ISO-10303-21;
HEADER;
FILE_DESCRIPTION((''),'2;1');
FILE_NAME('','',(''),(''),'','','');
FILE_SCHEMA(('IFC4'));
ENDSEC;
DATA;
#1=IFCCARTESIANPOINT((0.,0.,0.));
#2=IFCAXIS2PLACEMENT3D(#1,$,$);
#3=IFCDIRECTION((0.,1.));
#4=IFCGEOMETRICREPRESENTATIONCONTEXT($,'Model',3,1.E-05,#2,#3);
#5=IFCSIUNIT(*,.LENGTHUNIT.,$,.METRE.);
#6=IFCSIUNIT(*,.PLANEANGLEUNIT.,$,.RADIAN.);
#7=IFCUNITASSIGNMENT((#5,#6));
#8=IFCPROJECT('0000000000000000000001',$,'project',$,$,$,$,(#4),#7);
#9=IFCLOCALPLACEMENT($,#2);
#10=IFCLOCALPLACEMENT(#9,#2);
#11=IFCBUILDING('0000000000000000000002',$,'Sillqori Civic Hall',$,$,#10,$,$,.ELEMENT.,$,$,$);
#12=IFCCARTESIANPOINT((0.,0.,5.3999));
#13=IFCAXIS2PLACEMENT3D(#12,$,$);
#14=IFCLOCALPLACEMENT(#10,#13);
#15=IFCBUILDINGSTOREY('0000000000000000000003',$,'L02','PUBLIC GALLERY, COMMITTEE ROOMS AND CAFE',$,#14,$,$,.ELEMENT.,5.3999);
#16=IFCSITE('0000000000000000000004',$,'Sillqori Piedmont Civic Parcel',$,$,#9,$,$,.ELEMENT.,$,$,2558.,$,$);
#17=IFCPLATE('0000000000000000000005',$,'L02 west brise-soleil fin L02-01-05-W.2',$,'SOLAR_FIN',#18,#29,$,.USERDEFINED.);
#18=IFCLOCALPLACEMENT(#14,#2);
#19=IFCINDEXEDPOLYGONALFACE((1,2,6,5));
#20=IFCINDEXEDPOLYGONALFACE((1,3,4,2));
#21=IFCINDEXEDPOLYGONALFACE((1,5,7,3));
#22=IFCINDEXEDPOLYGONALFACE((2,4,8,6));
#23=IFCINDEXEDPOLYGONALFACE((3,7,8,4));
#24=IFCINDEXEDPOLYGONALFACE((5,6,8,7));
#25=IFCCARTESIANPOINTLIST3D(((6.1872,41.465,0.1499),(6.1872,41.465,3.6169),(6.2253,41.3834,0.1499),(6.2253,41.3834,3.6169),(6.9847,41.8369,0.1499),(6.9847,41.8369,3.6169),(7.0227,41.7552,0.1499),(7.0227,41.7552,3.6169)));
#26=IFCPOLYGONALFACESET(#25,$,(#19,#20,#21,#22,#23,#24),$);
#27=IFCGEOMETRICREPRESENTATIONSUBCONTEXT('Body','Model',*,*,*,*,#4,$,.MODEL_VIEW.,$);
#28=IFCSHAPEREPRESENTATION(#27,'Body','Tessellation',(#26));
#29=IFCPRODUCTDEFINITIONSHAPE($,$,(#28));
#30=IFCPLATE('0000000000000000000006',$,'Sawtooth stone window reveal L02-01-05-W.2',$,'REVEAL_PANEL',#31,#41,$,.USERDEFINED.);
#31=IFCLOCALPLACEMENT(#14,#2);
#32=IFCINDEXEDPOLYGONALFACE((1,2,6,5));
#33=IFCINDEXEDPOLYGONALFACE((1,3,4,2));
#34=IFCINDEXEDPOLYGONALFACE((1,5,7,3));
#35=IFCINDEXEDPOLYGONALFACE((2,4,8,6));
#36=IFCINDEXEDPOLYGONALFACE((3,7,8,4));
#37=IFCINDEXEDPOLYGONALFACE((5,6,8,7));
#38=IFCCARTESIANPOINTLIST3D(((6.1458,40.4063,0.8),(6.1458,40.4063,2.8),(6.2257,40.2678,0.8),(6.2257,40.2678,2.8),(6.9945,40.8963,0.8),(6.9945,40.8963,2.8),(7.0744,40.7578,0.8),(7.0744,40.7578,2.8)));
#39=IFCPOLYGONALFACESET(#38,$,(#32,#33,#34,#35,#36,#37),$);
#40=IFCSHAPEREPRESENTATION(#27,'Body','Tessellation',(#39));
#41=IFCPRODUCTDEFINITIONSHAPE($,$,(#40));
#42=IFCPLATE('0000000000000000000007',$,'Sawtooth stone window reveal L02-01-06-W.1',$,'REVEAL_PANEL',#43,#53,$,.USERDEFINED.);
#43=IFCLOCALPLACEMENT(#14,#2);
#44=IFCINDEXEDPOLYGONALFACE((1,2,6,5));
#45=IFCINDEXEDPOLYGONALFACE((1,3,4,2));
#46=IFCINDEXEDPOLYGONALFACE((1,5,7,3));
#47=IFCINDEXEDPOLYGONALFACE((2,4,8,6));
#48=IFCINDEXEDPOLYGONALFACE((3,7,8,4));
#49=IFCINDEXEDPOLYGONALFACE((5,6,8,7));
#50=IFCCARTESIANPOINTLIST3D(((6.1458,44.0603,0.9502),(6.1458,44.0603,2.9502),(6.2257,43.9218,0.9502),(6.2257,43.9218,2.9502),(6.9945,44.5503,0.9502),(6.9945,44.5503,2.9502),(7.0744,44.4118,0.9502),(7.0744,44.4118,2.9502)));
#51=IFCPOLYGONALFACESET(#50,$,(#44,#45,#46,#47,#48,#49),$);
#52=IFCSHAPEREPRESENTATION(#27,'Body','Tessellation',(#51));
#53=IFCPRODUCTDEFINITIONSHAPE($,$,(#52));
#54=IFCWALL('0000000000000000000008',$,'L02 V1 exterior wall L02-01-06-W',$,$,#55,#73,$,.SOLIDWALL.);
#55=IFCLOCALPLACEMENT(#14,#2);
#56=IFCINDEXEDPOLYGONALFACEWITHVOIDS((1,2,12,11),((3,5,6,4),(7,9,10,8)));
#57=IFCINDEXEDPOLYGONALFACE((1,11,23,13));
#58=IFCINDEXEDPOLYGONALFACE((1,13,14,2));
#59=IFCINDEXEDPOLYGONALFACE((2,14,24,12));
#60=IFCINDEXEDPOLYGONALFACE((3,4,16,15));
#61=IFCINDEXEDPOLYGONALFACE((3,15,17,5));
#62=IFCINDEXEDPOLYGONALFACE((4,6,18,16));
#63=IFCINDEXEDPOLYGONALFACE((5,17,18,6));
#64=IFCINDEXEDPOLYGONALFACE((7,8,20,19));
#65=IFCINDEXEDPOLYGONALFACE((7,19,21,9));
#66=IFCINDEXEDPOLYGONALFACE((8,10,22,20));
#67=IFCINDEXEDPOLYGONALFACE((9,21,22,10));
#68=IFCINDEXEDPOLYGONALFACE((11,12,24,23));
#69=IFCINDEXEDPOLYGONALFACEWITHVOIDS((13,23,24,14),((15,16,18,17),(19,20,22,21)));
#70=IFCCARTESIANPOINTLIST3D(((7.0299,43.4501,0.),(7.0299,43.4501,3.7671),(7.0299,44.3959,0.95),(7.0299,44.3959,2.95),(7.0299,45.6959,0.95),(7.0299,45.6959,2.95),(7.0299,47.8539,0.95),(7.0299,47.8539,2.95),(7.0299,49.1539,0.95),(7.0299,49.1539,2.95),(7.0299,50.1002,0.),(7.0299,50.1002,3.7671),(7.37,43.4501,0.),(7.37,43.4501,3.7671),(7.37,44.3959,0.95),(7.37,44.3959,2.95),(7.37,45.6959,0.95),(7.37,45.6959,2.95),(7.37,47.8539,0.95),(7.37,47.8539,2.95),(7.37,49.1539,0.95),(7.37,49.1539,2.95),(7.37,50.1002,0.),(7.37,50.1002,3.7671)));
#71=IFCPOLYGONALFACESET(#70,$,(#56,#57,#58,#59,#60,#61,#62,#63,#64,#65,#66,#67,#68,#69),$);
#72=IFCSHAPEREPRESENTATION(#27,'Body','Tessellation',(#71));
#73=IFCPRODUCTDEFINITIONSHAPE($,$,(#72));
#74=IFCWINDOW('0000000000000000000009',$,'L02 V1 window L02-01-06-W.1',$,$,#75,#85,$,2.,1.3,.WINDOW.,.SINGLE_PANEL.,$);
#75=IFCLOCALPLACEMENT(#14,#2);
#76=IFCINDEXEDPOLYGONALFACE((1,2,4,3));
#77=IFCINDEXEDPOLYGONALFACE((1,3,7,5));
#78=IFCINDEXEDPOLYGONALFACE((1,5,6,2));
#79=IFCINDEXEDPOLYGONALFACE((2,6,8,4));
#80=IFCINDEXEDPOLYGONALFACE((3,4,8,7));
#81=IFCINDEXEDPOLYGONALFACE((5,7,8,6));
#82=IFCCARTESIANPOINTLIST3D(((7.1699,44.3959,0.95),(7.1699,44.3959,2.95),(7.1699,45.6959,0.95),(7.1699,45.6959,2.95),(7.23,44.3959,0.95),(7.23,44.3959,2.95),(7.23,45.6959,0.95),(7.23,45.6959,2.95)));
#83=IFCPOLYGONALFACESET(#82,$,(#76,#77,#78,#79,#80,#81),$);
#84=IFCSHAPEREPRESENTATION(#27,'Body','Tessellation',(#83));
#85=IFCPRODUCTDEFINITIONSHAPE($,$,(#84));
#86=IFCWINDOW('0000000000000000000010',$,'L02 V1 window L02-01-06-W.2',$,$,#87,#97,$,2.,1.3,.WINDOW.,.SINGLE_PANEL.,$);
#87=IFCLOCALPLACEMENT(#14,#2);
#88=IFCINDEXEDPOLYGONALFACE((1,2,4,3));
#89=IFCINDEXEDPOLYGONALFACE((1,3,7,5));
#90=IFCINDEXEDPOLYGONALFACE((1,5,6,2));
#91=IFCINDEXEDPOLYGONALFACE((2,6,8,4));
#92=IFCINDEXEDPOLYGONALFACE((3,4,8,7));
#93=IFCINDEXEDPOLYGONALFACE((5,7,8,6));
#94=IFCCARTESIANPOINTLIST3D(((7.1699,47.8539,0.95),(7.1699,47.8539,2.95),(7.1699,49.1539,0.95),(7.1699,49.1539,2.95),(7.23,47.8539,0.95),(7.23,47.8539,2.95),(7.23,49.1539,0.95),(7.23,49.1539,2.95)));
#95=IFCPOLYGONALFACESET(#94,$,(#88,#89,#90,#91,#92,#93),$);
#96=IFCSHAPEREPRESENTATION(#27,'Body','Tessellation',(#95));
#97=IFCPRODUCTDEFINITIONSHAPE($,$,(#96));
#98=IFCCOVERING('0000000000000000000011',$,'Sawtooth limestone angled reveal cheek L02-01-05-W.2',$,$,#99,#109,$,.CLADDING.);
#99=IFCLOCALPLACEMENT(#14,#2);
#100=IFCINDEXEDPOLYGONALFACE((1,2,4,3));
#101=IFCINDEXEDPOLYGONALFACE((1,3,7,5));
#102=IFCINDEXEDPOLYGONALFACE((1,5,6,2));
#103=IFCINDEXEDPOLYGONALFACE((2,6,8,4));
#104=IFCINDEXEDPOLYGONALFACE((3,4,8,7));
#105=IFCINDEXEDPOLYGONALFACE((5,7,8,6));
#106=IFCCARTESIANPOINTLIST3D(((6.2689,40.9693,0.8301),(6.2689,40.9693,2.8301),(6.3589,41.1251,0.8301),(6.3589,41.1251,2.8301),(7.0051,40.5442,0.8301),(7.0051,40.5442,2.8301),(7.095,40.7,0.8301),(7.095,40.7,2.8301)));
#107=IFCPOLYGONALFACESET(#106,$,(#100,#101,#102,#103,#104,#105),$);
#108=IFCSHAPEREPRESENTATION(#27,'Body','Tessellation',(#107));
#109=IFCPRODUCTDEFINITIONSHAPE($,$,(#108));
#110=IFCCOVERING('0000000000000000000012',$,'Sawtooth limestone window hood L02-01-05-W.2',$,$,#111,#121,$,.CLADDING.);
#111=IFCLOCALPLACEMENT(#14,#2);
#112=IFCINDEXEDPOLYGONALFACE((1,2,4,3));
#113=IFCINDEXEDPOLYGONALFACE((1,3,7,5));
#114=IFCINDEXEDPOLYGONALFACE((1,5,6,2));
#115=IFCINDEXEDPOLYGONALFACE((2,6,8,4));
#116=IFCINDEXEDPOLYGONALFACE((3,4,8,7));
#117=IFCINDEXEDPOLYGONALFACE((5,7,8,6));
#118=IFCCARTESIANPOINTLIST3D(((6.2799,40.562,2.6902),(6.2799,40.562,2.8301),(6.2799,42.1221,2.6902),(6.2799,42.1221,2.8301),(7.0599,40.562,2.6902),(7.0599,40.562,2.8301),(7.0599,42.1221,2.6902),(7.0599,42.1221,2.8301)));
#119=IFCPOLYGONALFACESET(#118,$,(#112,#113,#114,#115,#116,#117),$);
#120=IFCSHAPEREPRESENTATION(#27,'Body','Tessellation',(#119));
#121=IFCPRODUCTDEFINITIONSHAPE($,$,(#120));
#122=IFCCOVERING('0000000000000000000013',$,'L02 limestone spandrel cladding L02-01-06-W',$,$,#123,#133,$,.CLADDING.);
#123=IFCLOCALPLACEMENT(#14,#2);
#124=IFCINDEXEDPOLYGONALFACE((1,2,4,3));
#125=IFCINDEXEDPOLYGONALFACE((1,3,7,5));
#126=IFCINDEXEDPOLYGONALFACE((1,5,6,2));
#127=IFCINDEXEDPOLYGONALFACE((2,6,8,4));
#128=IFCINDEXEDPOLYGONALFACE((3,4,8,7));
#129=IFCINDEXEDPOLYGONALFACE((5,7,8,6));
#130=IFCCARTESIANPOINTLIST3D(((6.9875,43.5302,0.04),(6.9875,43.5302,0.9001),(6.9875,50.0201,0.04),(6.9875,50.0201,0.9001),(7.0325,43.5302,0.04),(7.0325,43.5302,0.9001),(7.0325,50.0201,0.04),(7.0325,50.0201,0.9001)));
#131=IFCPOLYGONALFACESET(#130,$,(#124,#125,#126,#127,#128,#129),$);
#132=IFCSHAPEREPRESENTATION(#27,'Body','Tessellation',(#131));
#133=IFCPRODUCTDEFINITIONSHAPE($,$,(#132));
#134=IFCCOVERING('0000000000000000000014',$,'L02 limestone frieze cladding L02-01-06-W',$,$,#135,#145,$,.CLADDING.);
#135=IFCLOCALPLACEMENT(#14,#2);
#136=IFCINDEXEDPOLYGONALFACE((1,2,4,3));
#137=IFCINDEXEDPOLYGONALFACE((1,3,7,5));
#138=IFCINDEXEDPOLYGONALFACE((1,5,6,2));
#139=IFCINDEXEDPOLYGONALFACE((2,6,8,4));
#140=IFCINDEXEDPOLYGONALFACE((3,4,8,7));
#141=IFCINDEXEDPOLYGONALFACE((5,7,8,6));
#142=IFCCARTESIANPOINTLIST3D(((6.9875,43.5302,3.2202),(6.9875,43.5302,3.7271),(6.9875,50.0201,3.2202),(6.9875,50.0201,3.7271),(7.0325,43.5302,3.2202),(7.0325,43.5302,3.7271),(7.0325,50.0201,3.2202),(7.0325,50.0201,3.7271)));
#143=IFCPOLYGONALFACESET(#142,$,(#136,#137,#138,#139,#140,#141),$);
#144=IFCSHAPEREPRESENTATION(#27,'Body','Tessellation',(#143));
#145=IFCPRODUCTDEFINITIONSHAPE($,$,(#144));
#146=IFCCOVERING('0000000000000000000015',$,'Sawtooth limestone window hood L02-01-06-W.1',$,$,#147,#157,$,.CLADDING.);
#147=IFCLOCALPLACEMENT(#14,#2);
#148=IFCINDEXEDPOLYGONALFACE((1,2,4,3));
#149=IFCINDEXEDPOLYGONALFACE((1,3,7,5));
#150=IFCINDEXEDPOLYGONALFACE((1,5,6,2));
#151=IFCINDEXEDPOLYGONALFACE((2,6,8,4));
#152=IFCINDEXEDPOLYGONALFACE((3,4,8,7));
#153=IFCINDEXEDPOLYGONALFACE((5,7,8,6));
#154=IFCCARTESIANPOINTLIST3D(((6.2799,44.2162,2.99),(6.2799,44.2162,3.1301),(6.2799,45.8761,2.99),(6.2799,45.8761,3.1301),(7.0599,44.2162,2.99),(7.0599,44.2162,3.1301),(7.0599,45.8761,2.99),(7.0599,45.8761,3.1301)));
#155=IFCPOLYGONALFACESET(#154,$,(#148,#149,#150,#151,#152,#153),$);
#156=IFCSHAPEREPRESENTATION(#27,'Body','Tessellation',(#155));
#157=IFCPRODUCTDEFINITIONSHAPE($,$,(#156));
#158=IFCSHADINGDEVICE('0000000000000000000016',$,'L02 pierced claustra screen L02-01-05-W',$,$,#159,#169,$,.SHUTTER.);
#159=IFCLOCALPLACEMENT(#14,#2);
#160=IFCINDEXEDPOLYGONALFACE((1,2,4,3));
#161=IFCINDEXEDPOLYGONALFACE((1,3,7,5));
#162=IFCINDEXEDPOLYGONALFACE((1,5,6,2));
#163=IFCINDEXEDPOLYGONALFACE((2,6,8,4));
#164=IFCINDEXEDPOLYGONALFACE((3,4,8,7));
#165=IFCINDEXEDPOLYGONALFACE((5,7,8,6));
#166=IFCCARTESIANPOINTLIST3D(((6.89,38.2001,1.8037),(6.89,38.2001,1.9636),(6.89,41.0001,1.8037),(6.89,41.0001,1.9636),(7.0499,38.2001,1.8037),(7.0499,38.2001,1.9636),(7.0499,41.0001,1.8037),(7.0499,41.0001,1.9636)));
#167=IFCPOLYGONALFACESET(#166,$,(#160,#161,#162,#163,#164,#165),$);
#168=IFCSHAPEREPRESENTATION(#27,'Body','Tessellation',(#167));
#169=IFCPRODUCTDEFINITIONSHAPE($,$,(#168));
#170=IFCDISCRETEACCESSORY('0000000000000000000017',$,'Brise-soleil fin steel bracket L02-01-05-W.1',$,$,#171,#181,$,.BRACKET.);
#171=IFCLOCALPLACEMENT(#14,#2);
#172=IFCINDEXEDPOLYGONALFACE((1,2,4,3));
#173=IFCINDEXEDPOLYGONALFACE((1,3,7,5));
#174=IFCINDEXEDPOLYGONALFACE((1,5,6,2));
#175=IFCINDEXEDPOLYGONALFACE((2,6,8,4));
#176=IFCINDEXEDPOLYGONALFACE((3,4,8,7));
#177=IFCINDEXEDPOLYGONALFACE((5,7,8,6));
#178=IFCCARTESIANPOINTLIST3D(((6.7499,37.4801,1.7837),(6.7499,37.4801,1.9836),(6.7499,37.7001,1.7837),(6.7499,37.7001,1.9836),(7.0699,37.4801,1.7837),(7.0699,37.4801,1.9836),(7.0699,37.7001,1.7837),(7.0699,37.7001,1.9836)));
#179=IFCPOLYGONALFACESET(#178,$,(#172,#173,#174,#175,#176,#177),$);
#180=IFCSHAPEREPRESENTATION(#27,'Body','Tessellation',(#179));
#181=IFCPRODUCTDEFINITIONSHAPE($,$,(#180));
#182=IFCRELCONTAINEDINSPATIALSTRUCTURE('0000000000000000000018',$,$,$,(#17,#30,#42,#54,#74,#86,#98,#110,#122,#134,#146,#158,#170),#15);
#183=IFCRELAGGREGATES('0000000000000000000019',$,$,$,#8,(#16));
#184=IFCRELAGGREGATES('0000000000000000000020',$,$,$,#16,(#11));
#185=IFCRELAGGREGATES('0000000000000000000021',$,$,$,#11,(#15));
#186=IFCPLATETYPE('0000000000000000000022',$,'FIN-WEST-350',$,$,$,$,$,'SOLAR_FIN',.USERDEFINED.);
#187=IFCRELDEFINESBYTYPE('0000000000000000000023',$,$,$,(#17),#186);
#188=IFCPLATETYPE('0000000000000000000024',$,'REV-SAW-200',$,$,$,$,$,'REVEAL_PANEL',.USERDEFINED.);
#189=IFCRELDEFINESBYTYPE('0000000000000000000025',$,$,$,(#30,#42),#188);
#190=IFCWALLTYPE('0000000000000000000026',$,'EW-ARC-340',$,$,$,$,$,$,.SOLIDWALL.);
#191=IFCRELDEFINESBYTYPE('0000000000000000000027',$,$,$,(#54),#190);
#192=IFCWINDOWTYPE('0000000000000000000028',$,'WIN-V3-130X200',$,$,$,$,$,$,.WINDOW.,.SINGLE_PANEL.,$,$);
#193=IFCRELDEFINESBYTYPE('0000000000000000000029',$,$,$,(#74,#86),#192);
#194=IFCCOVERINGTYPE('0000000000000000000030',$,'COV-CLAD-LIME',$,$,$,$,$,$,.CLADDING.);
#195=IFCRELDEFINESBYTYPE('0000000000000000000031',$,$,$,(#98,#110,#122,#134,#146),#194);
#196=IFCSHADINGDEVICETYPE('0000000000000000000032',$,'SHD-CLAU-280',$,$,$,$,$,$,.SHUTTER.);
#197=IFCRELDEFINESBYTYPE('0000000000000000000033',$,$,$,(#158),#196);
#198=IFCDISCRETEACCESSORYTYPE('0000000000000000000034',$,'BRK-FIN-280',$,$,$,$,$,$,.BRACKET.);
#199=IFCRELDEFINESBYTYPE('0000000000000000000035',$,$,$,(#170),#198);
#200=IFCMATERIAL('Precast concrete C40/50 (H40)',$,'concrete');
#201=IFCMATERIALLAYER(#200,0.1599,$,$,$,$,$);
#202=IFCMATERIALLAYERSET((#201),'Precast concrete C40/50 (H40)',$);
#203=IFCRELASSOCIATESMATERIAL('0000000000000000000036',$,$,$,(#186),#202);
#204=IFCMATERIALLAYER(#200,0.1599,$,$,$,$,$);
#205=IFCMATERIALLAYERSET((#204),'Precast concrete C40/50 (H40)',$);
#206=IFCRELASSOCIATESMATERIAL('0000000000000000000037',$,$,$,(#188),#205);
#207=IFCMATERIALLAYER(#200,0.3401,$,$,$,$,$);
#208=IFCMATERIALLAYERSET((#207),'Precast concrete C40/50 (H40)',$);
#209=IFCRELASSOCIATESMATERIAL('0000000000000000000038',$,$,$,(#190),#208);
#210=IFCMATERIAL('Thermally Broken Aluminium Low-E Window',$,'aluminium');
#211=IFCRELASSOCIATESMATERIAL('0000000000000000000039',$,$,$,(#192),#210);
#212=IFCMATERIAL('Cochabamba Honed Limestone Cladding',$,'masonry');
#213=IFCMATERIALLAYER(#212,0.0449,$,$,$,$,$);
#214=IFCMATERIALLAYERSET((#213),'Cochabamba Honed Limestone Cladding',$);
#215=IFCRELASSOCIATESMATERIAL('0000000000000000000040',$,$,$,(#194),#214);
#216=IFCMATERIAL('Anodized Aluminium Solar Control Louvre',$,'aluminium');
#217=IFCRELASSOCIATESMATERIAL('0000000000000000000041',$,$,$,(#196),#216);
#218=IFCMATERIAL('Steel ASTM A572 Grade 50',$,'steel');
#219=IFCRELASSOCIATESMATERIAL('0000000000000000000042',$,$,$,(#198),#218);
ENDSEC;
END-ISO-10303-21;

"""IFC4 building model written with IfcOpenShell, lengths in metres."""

from ifc_helpers import new_model, si_unit, direction, frame, frame_2d, origin, origin_2d, place, context, subcontext, project, spatial, rectangle, extrude, material, layer, layer_set, type_object, element, fill, save


model = new_model("IFC4")

# Units and contexts
model_context = context("Model", 3, precision=1e-05, world=origin(), true_north=direction((0.0, 1.0)))
body_context = subcontext(model_context, "Body", "Model", "MODEL_VIEW")
ifc_project = project(units=[si_unit("LENGTHUNIT", "METRE"), si_unit("PLANEANGLEUNIT", "RADIAN")], contexts=[model_context])

# Site, building, storey
site_placement = place(None, origin())
site = spatial("IfcSite", under=ifc_project, at=site_placement, Name="Sillqori Piedmont Civic Parcel", CompositionType="ELEMENT", RefElevation=2558.0)
building_placement = place(site_placement, origin())
building = spatial("IfcBuilding", under=site, at=building_placement, Name="Sillqori Civic Hall", CompositionType="ELEMENT")
storey_placement = place(building_placement, frame((0.0, 0.0, 5.3999)))
storey = spatial("IfcBuildingStorey", under=building, at=storey_placement, Name="L02", Description="PUBLIC GALLERY, COMMITTEE ROOMS AND CAFE", CompositionType="ELEMENT", Elevation=5.3999)

# Plates
ifc_material_1 = material(Name="Precast concrete C40/50 (H40)", Category="concrete")
ifc_layer_1 = layer(ifc_material_1, 0.1599)
ifc_layer_set_1 = layer_set([ifc_layer_1], Name="Precast concrete C40/50 (H40)")
plate_type_1 = type_object("IfcPlateType", Name="FIN-WEST-350", ElementType="SOLAR_FIN", PredefinedType="USERDEFINED", material=ifc_layer_set_1)
for number, where, z_axis, x_axis, name in (
    (1, (6.605, 41.6101, 0.1499), (0.0, 0.0, 1.0), (-0.422618, 0.906308, 0.0), "L02 west brise-soleil fin L02-01-05-W.2"),
):
    element("IfcPlate", number, at=place(storey_placement, frame(where, z_axis=z_axis, x_axis=x_axis)), inside=storey, type_object=plate_type_1, Name=name, ObjectType="SOLAR_FIN", PredefinedType="USERDEFINED", context=body_context, shape_type="SweptSolid", body=[
        extrude(rectangle(XDim=0.0901, YDim=0.8799, at=origin_2d()), origin(), (0.0, 0.0, 1.0), 3.467),
    ])
ifc_layer_2 = layer(ifc_material_1, 0.1599)
ifc_layer_set_2 = layer_set([ifc_layer_2], Name="Precast concrete C40/50 (H40)")
plate_type_2 = type_object("IfcPlateType", Name="REV-SAW-200", ElementType="REVEAL_PANEL", PredefinedType="USERDEFINED", material=ifc_layer_set_2)
for number, where, z_axis, x_axis, name in (
    (2, (6.6101, 40.582, 0.8), (0.0, 0.0, 1.0), (-0.5, 0.866025, 0.0), "Sawtooth stone window reveal L02-01-05-W.2"),
    (3, (6.6101, 44.2361, 0.9502), (0.0, 0.0, 1.0), (-0.5, 0.866025, 0.0), "Sawtooth stone window reveal L02-01-06-W.1"),
):
    element("IfcPlate", number, at=place(storey_placement, frame(where, z_axis=z_axis, x_axis=x_axis)), inside=storey, type_object=plate_type_2, Name=name, ObjectType="REVEAL_PANEL", PredefinedType="USERDEFINED", context=body_context, shape_type="SweptSolid", body=[
        extrude(rectangle(XDim=0.1599, YDim=0.98, at=origin_2d()), origin(), (0.0, 0.0, 1.0), 2.0),
    ])

# Wall, openings, windows
ifc_layer_3 = layer(ifc_material_1, 0.3401)
ifc_layer_set_3 = layer_set([ifc_layer_3], Name="Precast concrete C40/50 (H40)")
wall_type = type_object("IfcWallType", Name="EW-ARC-340", PredefinedType="SOLIDWALL", material=ifc_layer_set_3)
wall_placement = place(storey_placement, frame((7.2, 43.45, 0.0), z_axis=(0.0, 0.0, 1.0), x_axis=(0.0, 1.0, 0.0)))
wall = element("IfcWall", 4, at=wall_placement, inside=storey, type_object=wall_type, Name="L02 V1 exterior wall L02-01-06-W", PredefinedType="SOLIDWALL", context=body_context, shape_type="SweptSolid", body=[
    extrude(rectangle(XDim=6.6501, YDim=0.3401, at=frame_2d((3.3252, 0.0))), origin(), (0.0, 0.0, 1.0), 3.7671),
])
opening_1_placement = place(wall_placement, frame((0.946, 0.0, 0.95)))
opening_1 = element("IfcOpeningElement", 5, at=opening_1_placement, cuts=wall, PredefinedType="OPENING", context=body_context, shape_type="SweptSolid", body=[
    extrude(rectangle(XDim=1.3, YDim=2.0, at=frame_2d((0.6499, 1.0))), frame((0.0, 0.1799, 0.0), z_axis=(0.0, -1.0, 0.0), x_axis=(1.0, 0.0, 0.0)), (0.0, 0.0, 1.0), 0.3601),
])
opening_2_placement = place(wall_placement, frame((4.4041, 0.0, 0.95)))
opening_2 = element("IfcOpeningElement", 6, at=opening_2_placement, cuts=wall, PredefinedType="OPENING", context=body_context, shape_type="SweptSolid", body=[
    extrude(rectangle(XDim=1.3, YDim=2.0, at=frame_2d((0.6499, 1.0))), frame((0.0, 0.1799, 0.0), z_axis=(0.0, -1.0, 0.0), x_axis=(1.0, 0.0, 0.0)), (0.0, 0.0, 1.0), 0.3601),
])
ifc_material_2 = material(Name="Thermally Broken Aluminium Low-E Window", Category="aluminium")
window_type = type_object("IfcWindowType", Name="WIN-V3-130X200", PartitioningType="SINGLE_PANEL", PredefinedType="WINDOW", material=ifc_material_2)
window_1_placement = place(opening_1_placement, origin())
window_1 = element("IfcWindow", 7, at=window_1_placement, inside=storey, type_object=window_type, Name="L02 V1 window L02-01-06-W.1", OverallHeight=2.0, OverallWidth=1.3, PartitioningType="SINGLE_PANEL", PredefinedType="WINDOW", context=body_context, shape_type="SweptSolid", body=[
    extrude(rectangle(XDim=1.3, YDim=2.0, at=frame_2d((0.6499, 1.0))), frame((0.0, 0.03, 0.0), z_axis=(0.0, -1.0, 0.0), x_axis=(1.0, 0.0, 0.0)), (0.0, 0.0, 1.0), 0.0601),
])
fill(opening_1, window_1)
window_2_placement = place(opening_2_placement, origin())
window_2 = element("IfcWindow", 8, at=window_2_placement, inside=storey, type_object=window_type, Name="L02 V1 window L02-01-06-W.2", OverallHeight=2.0, OverallWidth=1.3, PartitioningType="SINGLE_PANEL", PredefinedType="WINDOW", context=body_context, shape_type="SweptSolid", body=[
    extrude(rectangle(XDim=1.3, YDim=2.0, at=frame_2d((0.6499, 1.0))), frame((0.0, 0.03, 0.0), z_axis=(0.0, -1.0, 0.0), x_axis=(1.0, 0.0, 0.0)), (0.0, 0.0, 1.0), 0.0601),
])
fill(opening_2, window_2)

# Coverings
ifc_material_3 = material(Name="Cochabamba Honed Limestone Cladding", Category="masonry")
ifc_layer_4 = layer(ifc_material_3, 0.0449)
ifc_layer_set_4 = layer_set([ifc_layer_4], Name="Cochabamba Honed Limestone Cladding")
covering_type = type_object("IfcCoveringType", Name="COV-CLAD-LIME", PredefinedType="CLADDING", material=ifc_layer_set_4)
covering_1_placement = place(storey_placement, frame((7.05, 40.6221, 0.8301), z_axis=(0.0, 0.0, 1.0), x_axis=(-0.865989, 0.500062, 0.0)))
element("IfcCovering", 9, at=covering_1_placement, inside=storey, type_object=covering_type, Name="Sawtooth limestone angled reveal cheek L02-01-05-W.2", PredefinedType="CLADDING", context=body_context, shape_type="SweptSolid", body=[
    extrude(rectangle(XDim=0.8501, YDim=0.1799, at=frame_2d((0.425, 0.0))), origin(), (0.0, 0.0, 1.0), 2.0),
])
covering_2_placement = place(storey_placement, frame((6.6699, 40.562, 2.6902), z_axis=(0.0, 0.0, 1.0), x_axis=(0.0, 1.0, 0.0)))
element("IfcCovering", 10, at=covering_2_placement, inside=storey, type_object=covering_type, Name="Sawtooth limestone window hood L02-01-05-W.2", PredefinedType="CLADDING", context=body_context, shape_type="SweptSolid", body=[
    extrude(rectangle(XDim=1.5601, YDim=0.78, at=frame_2d((0.78, 0.0))), origin(), (0.0, 0.0, 1.0), 0.1399),
])
covering_3_placement = place(storey_placement, frame((7.01, 43.53, 0.04), z_axis=(0.0, 0.0, 1.0), x_axis=(0.0, 1.0, 0.0)))
element("IfcCovering", 11, at=covering_3_placement, inside=storey, type_object=covering_type, Name="L02 limestone spandrel cladding L02-01-06-W", PredefinedType="CLADDING", context=body_context, shape_type="SweptSolid", body=[
    extrude(rectangle(XDim=6.49, YDim=0.0449, at=frame_2d((3.2451, 0.0))), origin(), (0.0, 0.0, 1.0), 0.8601),
])
covering_4_placement = place(storey_placement, frame((7.01, 43.53, 3.2202), z_axis=(0.0, 0.0, 1.0), x_axis=(0.0, 1.0, 0.0)))
element("IfcCovering", 12, at=covering_4_placement, inside=storey, type_object=covering_type, Name="L02 limestone frieze cladding L02-01-06-W", PredefinedType="CLADDING", context=body_context, shape_type="SweptSolid", body=[
    extrude(rectangle(XDim=6.49, YDim=0.0449, at=frame_2d((3.2451, 0.0))), origin(), (0.0, 0.0, 1.0), 0.5068),
])
covering_5_placement = place(storey_placement, frame((6.6699, 44.2161, 2.99), z_axis=(0.0, 0.0, 1.0), x_axis=(0.0, 1.0, 0.0)))
element("IfcCovering", 13, at=covering_5_placement, inside=storey, type_object=covering_type, Name="Sawtooth limestone window hood L02-01-06-W.1", PredefinedType="CLADDING", context=body_context, shape_type="SweptSolid", body=[
    extrude(rectangle(XDim=1.6599, YDim=0.78, at=frame_2d((0.8301, 0.0))), origin(), (0.0, 0.0, 1.0), 0.1401),
])

# Shading device
ifc_material_4 = material(Name="Anodized Aluminium Solar Control Louvre", Category="aluminium")
shading_device_type = type_object("IfcShadingDeviceType", Name="SHD-CLAU-280", PredefinedType="SHUTTER", material=ifc_material_4)
shading_device_placement = place(storey_placement, frame((6.97, 39.6001, 1.8037), z_axis=(0.0, 0.0, 1.0), x_axis=(0.0, 1.0, 0.0)))
element("IfcShadingDevice", 14, at=shading_device_placement, inside=storey, type_object=shading_device_type, Name="L02 pierced claustra screen L02-01-05-W", PredefinedType="SHUTTER", context=body_context, shape_type="SweptSolid", body=[
    extrude(rectangle(XDim=2.8, YDim=0.1599, at=origin_2d()), origin(), (0.0, 0.0, 1.0), 0.1599),
])

# Discrete accessory
ifc_material_5 = material(Name="Steel ASTM A572 Grade 50", Category="steel")
discrete_accessory_type = type_object("IfcDiscreteAccessoryType", Name="BRK-FIN-280", PredefinedType="BRACKET", material=ifc_material_5)
for number, where, z_axis, x_axis, name in (
    (15, (6.9099, 37.5901, 1.7837), (0.0, 0.0, 1.0), (0.0, 1.0, 0.0), "Brise-soleil fin steel bracket L02-01-05-W.1"),
):
    element("IfcDiscreteAccessory", number, at=place(storey_placement, frame(where, z_axis=z_axis, x_axis=x_axis)), inside=storey, type_object=discrete_accessory_type, Name=name, PredefinedType="BRACKET", context=body_context, shape_type="SweptSolid", body=[
        extrude(rectangle(XDim=0.22, YDim=0.3201, at=origin_2d()), origin(), (0.0, 0.0, 1.0), 0.2),
    ])

save(model, "model.ifc")
